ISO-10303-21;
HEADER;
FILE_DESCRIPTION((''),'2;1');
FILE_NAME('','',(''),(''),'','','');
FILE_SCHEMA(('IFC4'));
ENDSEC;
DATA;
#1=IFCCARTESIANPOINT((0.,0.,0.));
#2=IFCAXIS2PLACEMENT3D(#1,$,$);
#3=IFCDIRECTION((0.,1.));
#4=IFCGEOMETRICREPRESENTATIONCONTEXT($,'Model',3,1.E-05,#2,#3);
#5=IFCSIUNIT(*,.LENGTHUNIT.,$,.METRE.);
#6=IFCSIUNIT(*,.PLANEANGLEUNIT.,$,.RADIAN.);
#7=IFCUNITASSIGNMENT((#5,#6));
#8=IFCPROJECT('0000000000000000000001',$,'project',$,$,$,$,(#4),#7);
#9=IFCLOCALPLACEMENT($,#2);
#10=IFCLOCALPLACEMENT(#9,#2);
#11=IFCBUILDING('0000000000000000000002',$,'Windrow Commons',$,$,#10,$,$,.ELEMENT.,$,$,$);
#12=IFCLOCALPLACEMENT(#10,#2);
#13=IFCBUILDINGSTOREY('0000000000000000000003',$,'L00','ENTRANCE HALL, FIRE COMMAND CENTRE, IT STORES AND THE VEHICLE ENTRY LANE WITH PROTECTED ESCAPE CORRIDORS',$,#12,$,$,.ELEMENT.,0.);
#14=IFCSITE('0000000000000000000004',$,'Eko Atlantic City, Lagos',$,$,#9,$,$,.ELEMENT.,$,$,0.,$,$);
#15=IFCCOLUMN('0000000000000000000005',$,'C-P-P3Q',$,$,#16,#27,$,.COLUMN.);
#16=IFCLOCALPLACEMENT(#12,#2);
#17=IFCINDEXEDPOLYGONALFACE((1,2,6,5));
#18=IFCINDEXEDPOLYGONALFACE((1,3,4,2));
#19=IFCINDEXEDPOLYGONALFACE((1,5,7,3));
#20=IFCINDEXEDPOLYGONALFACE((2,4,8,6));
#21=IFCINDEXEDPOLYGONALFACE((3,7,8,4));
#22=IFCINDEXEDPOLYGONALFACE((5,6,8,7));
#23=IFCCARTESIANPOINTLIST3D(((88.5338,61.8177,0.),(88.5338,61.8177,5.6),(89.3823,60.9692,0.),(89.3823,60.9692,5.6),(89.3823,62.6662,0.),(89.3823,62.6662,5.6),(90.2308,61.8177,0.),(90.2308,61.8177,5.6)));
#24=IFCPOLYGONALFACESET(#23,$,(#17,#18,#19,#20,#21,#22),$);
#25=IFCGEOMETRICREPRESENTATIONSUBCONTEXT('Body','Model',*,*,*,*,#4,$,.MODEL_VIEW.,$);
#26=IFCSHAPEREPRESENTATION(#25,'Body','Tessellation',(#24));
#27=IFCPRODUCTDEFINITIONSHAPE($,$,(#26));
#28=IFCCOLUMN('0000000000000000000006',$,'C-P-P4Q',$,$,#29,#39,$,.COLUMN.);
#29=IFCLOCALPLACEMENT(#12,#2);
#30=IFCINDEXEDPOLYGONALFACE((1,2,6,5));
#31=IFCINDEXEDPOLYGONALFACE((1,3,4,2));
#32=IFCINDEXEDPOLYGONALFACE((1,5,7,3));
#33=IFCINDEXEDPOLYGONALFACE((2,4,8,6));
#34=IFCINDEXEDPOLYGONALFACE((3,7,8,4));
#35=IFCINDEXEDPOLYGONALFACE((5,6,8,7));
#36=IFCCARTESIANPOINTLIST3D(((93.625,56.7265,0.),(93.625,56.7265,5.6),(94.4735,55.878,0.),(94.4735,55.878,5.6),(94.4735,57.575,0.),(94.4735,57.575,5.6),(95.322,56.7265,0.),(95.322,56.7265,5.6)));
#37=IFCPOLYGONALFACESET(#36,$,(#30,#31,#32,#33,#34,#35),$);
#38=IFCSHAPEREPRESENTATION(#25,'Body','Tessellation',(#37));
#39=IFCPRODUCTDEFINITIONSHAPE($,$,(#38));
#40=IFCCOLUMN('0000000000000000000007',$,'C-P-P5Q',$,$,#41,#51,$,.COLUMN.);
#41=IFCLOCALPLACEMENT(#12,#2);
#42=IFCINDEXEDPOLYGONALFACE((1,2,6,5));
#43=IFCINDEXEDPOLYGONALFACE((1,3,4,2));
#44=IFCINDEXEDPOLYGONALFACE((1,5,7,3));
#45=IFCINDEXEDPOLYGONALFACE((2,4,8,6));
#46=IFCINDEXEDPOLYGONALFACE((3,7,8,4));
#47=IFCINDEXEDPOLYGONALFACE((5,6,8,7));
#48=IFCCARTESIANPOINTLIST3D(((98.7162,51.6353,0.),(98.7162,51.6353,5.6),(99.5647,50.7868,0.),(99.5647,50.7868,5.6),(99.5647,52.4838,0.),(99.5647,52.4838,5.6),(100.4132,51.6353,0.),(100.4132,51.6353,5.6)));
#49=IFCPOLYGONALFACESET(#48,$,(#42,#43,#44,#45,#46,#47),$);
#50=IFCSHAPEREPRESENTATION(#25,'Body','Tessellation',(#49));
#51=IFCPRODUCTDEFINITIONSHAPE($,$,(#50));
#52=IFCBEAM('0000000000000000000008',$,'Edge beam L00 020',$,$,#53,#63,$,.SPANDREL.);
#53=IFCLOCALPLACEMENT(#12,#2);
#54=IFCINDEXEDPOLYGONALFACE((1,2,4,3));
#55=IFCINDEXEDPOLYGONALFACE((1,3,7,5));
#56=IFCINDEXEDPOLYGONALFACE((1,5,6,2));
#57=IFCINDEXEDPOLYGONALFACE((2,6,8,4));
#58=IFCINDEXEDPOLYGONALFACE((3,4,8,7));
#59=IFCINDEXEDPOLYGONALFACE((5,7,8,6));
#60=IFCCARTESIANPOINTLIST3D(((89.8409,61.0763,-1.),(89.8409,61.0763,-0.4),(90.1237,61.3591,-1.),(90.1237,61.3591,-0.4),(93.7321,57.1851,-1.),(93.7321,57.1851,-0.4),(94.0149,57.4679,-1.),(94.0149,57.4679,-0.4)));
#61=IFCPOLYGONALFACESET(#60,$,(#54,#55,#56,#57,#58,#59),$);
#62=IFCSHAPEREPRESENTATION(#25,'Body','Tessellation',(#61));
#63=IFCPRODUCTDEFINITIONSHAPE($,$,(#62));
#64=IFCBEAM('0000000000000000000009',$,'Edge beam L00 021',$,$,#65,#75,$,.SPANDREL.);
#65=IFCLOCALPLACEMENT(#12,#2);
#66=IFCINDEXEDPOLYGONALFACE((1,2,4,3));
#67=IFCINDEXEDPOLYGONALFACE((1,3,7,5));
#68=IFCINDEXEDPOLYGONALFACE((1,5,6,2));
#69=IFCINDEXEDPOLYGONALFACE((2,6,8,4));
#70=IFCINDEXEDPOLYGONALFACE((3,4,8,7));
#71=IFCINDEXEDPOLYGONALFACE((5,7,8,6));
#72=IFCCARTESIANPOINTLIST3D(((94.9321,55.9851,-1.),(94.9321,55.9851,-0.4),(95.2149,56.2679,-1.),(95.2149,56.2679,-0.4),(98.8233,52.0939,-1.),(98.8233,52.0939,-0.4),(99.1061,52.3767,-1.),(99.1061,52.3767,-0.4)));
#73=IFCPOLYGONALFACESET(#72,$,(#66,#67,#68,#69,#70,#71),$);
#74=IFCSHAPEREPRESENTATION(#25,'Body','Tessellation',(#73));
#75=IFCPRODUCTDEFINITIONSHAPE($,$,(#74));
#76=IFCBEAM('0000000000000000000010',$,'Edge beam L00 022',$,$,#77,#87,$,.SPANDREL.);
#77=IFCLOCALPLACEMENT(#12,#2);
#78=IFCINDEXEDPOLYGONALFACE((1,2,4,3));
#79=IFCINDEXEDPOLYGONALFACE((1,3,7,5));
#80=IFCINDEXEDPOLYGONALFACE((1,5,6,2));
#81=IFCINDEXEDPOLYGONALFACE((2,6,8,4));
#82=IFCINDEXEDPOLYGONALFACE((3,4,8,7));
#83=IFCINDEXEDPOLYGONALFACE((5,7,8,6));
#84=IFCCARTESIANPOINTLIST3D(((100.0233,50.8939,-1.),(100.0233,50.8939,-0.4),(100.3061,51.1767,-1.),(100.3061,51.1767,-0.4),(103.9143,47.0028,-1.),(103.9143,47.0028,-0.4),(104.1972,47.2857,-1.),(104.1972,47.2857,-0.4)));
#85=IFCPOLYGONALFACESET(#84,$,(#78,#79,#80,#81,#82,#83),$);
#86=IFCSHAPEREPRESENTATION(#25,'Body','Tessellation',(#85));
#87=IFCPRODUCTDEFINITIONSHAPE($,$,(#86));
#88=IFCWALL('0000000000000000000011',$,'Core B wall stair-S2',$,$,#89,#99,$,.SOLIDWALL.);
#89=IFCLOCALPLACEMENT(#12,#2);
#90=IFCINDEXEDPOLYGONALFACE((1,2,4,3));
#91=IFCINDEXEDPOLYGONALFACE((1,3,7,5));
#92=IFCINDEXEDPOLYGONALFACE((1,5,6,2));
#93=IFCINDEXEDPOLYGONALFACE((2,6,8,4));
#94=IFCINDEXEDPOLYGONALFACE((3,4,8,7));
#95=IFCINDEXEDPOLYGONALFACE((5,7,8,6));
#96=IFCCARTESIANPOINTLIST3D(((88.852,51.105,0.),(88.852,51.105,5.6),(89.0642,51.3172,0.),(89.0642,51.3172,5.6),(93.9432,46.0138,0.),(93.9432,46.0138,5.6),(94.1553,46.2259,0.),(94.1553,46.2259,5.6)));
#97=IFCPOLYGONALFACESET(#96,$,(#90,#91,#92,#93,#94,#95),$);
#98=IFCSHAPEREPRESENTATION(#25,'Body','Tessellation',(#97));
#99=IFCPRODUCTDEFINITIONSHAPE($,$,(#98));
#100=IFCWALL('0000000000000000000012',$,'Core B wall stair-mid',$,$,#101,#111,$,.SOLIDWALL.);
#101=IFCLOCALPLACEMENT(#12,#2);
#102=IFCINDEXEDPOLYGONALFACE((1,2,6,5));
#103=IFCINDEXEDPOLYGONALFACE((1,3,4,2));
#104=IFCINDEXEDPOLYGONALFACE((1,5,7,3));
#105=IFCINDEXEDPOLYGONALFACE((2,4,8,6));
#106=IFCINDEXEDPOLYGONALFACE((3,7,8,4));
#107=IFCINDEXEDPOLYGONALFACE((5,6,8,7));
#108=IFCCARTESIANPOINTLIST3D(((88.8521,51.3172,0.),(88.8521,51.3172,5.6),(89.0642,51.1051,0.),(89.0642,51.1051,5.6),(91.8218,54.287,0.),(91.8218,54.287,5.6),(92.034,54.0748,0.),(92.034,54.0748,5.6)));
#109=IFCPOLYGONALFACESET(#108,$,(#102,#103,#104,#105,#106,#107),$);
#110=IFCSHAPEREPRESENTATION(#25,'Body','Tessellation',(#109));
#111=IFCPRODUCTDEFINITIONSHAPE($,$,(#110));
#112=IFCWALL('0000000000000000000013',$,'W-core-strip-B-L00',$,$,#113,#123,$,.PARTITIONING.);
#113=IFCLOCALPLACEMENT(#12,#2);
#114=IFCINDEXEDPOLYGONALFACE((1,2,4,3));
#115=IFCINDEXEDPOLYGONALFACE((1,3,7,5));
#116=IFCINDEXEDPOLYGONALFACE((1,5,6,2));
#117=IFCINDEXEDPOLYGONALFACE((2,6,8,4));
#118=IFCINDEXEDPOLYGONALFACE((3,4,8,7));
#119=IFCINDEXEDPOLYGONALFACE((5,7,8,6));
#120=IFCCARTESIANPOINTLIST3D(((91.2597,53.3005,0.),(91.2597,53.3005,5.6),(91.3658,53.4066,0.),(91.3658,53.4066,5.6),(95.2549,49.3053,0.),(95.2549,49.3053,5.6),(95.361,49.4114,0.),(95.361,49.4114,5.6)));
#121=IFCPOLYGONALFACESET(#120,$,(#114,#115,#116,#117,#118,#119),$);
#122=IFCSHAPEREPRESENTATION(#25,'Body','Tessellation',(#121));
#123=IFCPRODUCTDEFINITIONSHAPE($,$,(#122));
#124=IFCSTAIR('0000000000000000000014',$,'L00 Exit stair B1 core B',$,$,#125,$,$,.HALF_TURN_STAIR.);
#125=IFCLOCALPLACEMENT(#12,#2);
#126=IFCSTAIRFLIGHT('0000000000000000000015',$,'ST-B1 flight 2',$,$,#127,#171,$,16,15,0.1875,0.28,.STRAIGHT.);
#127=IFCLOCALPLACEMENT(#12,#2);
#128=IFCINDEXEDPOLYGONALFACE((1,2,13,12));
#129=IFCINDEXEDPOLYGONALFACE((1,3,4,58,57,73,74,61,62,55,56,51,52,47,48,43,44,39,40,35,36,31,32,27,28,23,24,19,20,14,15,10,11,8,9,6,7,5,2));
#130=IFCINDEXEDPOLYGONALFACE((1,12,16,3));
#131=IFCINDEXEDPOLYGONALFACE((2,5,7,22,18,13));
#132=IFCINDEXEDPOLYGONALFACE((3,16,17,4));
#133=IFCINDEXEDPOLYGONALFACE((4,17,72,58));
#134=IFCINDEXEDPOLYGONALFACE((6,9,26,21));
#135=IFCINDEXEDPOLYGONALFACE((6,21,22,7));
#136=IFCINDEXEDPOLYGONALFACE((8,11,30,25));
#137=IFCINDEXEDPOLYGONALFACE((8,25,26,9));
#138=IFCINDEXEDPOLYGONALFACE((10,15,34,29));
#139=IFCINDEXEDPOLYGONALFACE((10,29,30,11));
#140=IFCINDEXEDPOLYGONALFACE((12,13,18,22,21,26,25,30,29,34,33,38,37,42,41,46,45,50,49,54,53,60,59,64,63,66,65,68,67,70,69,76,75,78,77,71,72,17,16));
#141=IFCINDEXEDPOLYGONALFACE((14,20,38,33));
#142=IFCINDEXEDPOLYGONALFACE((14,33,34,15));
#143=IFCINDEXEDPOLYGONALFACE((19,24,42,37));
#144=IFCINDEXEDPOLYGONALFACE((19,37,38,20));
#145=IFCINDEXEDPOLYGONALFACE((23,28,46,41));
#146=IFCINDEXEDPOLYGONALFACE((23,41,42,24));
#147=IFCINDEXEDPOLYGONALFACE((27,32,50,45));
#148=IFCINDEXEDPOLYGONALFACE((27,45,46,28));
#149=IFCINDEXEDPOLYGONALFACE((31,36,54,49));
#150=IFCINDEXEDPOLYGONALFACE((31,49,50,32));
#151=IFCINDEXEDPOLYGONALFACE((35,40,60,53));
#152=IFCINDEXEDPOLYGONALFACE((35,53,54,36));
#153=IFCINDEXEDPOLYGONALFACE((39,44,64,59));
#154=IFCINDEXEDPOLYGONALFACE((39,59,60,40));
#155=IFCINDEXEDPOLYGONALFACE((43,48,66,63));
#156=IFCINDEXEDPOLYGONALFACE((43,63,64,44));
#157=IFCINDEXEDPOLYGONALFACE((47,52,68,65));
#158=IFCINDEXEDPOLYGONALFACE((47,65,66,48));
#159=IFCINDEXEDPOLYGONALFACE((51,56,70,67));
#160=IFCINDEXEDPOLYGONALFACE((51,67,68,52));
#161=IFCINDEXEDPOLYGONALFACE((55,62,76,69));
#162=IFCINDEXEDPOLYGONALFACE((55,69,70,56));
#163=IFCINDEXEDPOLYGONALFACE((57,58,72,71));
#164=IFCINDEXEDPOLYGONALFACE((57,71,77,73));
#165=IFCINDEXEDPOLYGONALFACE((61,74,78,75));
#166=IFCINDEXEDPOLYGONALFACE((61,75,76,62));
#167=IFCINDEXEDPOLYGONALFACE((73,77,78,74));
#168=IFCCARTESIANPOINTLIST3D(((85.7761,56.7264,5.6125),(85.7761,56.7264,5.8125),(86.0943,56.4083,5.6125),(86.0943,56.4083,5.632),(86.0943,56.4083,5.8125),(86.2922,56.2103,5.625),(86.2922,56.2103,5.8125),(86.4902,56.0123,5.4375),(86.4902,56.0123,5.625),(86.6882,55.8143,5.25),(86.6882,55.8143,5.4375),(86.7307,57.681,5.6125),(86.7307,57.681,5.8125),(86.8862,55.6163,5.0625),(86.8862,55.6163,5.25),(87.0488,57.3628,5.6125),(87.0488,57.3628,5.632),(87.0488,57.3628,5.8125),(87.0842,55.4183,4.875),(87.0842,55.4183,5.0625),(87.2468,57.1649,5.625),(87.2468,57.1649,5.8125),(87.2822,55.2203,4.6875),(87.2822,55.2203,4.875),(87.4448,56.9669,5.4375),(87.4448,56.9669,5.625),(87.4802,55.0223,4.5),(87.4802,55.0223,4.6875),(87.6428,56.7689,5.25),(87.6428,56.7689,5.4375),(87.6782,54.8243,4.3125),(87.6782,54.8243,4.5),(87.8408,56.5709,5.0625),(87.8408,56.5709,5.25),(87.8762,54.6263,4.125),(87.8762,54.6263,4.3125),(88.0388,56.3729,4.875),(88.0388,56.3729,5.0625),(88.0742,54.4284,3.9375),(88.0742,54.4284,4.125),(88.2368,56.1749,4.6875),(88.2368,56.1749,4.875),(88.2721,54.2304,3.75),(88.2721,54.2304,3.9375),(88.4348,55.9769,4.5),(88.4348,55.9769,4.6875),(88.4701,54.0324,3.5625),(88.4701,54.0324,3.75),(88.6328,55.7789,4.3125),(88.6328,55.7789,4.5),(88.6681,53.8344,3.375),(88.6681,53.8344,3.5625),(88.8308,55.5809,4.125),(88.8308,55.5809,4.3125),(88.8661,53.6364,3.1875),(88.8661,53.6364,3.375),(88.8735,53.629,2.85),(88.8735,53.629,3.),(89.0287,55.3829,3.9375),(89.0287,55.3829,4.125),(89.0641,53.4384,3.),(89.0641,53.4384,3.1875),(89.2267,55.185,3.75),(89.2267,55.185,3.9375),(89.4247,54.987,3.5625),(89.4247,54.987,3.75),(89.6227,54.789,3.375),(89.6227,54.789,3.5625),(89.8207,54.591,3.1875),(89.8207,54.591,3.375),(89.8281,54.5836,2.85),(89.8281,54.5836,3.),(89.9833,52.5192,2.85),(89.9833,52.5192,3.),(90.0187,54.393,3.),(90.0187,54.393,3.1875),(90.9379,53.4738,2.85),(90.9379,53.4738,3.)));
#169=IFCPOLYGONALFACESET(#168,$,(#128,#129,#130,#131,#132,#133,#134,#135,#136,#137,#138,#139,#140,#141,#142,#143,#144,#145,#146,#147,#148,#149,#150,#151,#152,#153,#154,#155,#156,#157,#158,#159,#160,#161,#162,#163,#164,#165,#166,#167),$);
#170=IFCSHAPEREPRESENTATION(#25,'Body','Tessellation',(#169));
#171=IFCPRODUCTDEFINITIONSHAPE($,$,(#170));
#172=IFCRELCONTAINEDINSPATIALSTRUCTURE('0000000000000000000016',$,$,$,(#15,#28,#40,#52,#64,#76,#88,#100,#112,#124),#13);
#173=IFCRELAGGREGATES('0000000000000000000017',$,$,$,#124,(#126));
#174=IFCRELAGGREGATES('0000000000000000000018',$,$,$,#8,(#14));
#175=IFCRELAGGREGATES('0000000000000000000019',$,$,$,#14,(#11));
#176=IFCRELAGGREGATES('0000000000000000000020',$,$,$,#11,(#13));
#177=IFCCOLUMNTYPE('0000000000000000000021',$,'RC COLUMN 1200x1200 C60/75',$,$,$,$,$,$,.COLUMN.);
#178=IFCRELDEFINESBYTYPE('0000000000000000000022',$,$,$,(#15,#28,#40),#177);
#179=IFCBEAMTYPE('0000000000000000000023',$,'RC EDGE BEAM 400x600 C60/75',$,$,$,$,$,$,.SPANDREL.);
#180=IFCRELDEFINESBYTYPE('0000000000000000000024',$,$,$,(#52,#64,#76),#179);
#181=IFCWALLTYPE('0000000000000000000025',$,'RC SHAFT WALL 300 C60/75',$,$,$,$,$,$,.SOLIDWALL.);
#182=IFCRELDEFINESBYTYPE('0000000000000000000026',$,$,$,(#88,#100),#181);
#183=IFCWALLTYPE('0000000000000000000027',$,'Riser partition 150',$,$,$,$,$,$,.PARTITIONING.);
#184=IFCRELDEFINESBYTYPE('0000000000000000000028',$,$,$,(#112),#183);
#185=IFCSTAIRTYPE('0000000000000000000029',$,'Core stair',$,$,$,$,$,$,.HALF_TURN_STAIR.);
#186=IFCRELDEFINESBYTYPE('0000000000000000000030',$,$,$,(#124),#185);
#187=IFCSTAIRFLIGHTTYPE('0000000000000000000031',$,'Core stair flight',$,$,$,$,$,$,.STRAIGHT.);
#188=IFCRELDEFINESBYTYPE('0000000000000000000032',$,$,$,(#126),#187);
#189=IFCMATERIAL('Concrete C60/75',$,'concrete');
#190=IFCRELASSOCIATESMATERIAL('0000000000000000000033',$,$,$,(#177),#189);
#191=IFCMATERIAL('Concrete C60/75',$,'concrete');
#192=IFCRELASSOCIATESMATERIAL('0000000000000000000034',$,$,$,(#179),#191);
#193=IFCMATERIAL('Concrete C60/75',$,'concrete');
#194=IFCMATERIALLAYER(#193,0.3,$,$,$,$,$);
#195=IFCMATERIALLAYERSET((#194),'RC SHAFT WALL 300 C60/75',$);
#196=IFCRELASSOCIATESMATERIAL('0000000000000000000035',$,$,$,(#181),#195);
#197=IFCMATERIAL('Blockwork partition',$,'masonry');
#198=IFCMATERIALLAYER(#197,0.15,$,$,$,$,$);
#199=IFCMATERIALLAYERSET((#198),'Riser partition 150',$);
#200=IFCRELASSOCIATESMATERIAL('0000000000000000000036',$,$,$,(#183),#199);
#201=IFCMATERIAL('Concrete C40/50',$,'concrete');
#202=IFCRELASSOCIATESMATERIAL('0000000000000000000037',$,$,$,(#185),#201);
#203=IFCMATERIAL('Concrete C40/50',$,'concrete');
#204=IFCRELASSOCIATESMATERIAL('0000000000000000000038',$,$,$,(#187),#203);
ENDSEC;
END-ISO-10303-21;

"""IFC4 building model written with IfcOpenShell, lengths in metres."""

from ifc_helpers import new_model, si_unit, direction, frame, frame_2d, origin, origin_2d, place, context, subcontext, project, spatial, polyline, rectangle, outline, extrude, material, layer, layer_set, material_profile, profile_set, type_object, element, aggregate, save


model = new_model("IFC4")

# Units and contexts
model_context = context("Model", 3, precision=1e-05, world=origin(), true_north=direction((0.0, 1.0)))
body_context = subcontext(model_context, "Body", "Model", "MODEL_VIEW")
ifc_project = project(units=[si_unit("LENGTHUNIT", "METRE"), si_unit("PLANEANGLEUNIT", "RADIAN")], contexts=[model_context])

# Site, building, storey
site_placement = place(None, origin())
site = spatial("IfcSite", under=ifc_project, at=site_placement, Name="Eko Atlantic City, Lagos", CompositionType="ELEMENT", RefElevation=0.0)
building_placement = place(site_placement, origin())
building = spatial("IfcBuilding", under=site, at=building_placement, Name="Windrow Commons", CompositionType="ELEMENT")
storey_placement = place(building_placement, origin())
storey = spatial("IfcBuildingStorey", under=building, at=storey_placement, Name="L00", Description="ENTRANCE HALL, FIRE COMMAND CENTRE, IT STORES AND THE VEHICLE ENTRY LANE WITH PROTECTED ESCAPE CORRIDORS", CompositionType="ELEMENT", Elevation=0.0)

# Columns
ifc_material_1 = material(Name="Concrete C60/75", Category="concrete")
ifc_material_profile_1 = material_profile(ifc_material_1, rectangle(XDim=1.2, YDim=1.2, at=origin_2d()))
ifc_profile_set_1 = profile_set([ifc_material_profile_1], Name="Concrete C60/75")
column_type = type_object("IfcColumnType", Name="RC COLUMN 1200x1200 C60/75", PredefinedType="COLUMN", material=ifc_profile_set_1)
for number, where, z_axis, x_axis, name in (
    (1, (89.3823, 61.8177, 0.0), (0.0, 0.0, 1.0), (0.707107, -0.707107, 0.0), "C-P-P3Q"),
    (2, (94.4735, 56.7265, 0.0), (0.0, 0.0, 1.0), (0.707107, -0.707107, 0.0), "C-P-P4Q"),
    (3, (99.5647, 51.6353, 0.0), (0.0, 0.0, 1.0), (0.707107, -0.707107, 0.0), "C-P-P5Q"),
):
    element("IfcColumn", number, at=place(storey_placement, frame(where, z_axis=z_axis, x_axis=x_axis)), inside=storey, type_object=column_type, Name=name, PredefinedType="COLUMN", context=body_context, shape_type="SweptSolid", body=[
        extrude(rectangle(XDim=1.2, YDim=1.2, at=origin_2d()), origin(), (0.0, 0.0, 1.0), 5.6),
    ])

# Beams
ifc_material_2 = material(Name="Concrete C60/75", Category="concrete")
ifc_material_profile_2 = material_profile(ifc_material_2, rectangle(XDim=0.4, YDim=0.6, at=origin_2d()))
ifc_profile_set_2 = profile_set([ifc_material_profile_2], Name="Concrete C60/75")
beam_type = type_object("IfcBeamType", Name="RC EDGE BEAM 400x600 C60/75", PredefinedType="SPANDREL", material=ifc_profile_set_2)
for number, where, z_axis, x_axis, name in (
    (4, (89.9823, 61.2177, -0.7), (0.707107, -0.707107, 0.0), (0.707107, 0.707107, 0.0), "Edge beam L00 020"),
    (5, (95.0735, 56.1265, -0.7), (0.707107, -0.707107, 0.0), (0.707107, 0.707107, 0.0), "Edge beam L00 021"),
):
    element("IfcBeam", number, at=place(storey_placement, frame(where, z_axis=z_axis, x_axis=x_axis)), inside=storey, type_object=beam_type, Name=name, PredefinedType="SPANDREL", context=body_context, shape_type="SweptSolid", body=[
        extrude(rectangle(XDim=0.4, YDim=0.6, at=origin_2d()), origin(), (0.0, 0.0, 1.0), 5.503),
    ])
beam_placement = place(storey_placement, frame((100.1647, 51.0353, -0.7), z_axis=(0.707107, -0.707107, 0.0), x_axis=(0.707107, 0.707107, 0.0)))
element("IfcBeam", 6, at=beam_placement, inside=storey, type_object=beam_type, Name="Edge beam L00 022", PredefinedType="SPANDREL", context=body_context, shape_type="SweptSolid", body=[
    extrude(rectangle(XDim=0.4, YDim=0.6, at=origin_2d()), origin(), (0.0, 0.0, 1.0), 5.5028),
])

# Walls
ifc_material_3 = material(Name="Concrete C60/75", Category="concrete")
ifc_layer_1 = layer(ifc_material_3, 0.3)
ifc_layer_set_1 = layer_set([ifc_layer_1], Name="RC SHAFT WALL 300 C60/75")
wall_type_1 = type_object("IfcWallType", Name="RC SHAFT WALL 300 C60/75", PredefinedType="SOLIDWALL", material=ifc_layer_set_1)
wall_1_placement = place(storey_placement, frame((88.9581, 51.2111, 0.0), z_axis=(0.0, 0.0, 1.0), x_axis=(0.7071, -0.707114, 0.0)))
element("IfcWall", 7, at=wall_1_placement, inside=storey, type_object=wall_type_1, Name="Core B wall stair-S2", PredefinedType="SOLIDWALL", context=body_context, shape_type="SweptSolid", body=[
    extrude(rectangle(XDim=7.2, YDim=0.3, at=frame_2d((3.6, 0.0))), origin(), (0.0, 0.0, 1.0), 5.6),
])
wall_2_placement = place(storey_placement, frame((88.9581, 51.2111, 0.0), z_axis=(0.0, 0.0, 1.0), x_axis=(0.707107, 0.707107, 0.0)))
element("IfcWall", 8, at=wall_2_placement, inside=storey, type_object=wall_type_1, Name="Core B wall stair-mid", PredefinedType="SOLIDWALL", context=body_context, shape_type="SweptSolid", body=[
    extrude(rectangle(XDim=4.1999, YDim=0.3, at=frame_2d((2.1, 0.0))), origin(), (0.0, 0.0, 1.0), 5.6),
])
ifc_material_4 = material(Name="Blockwork partition", Category="masonry")
ifc_layer_2 = layer(ifc_material_4, 0.15)
ifc_layer_set_2 = layer_set([ifc_layer_2], Name="Riser partition 150")
wall_type_2 = type_object("IfcWallType", Name="Riser partition 150", PredefinedType="PARTITIONING", material=ifc_layer_set_2)
wall_3_placement = place(storey_placement, frame((91.3127, 53.3536, 0.0), z_axis=(0.0, 0.0, 1.0), x_axis=(0.707107, -0.707107, 0.0)))
element("IfcWall", 9, at=wall_3_placement, inside=storey, type_object=wall_type_2, Name="W-core-strip-B-L00", PredefinedType="PARTITIONING", context=body_context, shape_type="SweptSolid", body=[
    extrude(rectangle(XDim=5.6501, YDim=0.15, at=frame_2d((2.8251, 0.0))), origin(), (0.0, 0.0, 1.0), 5.6),
])

# Stair, stair flight
ifc_material_5 = material(Name="Concrete C40/50", Category="concrete")
stair_type = type_object("IfcStairType", Name="Core stair", PredefinedType="HALF_TURN_STAIR", material=ifc_material_5)
placement = place(storey_placement, origin())
stair_1 = element("IfcStair", 10, at=placement, inside=storey, type_object=stair_type, Name="L00 Exit stair B1 core B", PredefinedType="HALF_TURN_STAIR")
ifc_material_6 = material(Name="Concrete C40/50", Category="concrete")
stair_flight_type = type_object("IfcStairFlightType", Name="Core stair flight", PredefinedType="STRAIGHT", material=ifc_material_6)
stair_flight_1_placement = place(storey_placement, frame((89.5414, 53.9157, 3.0), z_axis=(0.0, 0.0, 1.0), x_axis=(-0.707107, 0.707107, 0.0)))
stair_flight_1 = element("IfcStairFlight", 11, at=stair_flight_1_placement, type_object=stair_flight_type, Name="ST-B1 flight 2", NumberOfRisers=16, NumberOfTreads=15, PredefinedType="STRAIGHT", RiserHeight=0.1875, TreadLength=0.28, context=body_context, shape_type="SweptSolid", body=[
    extrude(outline(polyline([(-1.3, -0.15), (-1.3, 0.0), (0.0, 0.0), (0.0, 0.1875), (0.28, 0.1875), (0.28, 0.375), (0.56, 0.375), (0.56, 0.5625), (0.84, 0.5625), (0.84, 0.75), (1.12, 0.75), (1.12, 0.9375), (1.4, 0.9375), (1.4, 1.125), (1.68, 1.125), (1.68, 1.3125), (1.96, 1.3125), (1.96, 1.5), (2.24, 1.5), (2.24, 1.6875), (2.52, 1.6875), (2.52, 1.875), (2.8, 1.875), (2.8, 2.0625), (3.08, 2.0625), (3.08, 2.25), (3.36, 2.25), (3.36, 2.4375), (3.64, 2.4375), (3.64, 2.625), (3.92, 2.625), (3.92, 2.8125), (4.2, 2.8125), (4.65, 2.8125), (4.65, 2.6125), (4.2, 2.6125), (4.2, 2.632), (0.2696, 0.0), (0.2696, -0.15), (-1.3, -0.15)])), frame((0.0, 0.675, 0.0), z_axis=(0.0, -1.0, 0.0), x_axis=(1.0, 0.0, 0.0)), (0.0, 0.0, 1.0), 1.35),
])
aggregate(stair_1, [stair_flight_1])

save(model, "model.ifc")
